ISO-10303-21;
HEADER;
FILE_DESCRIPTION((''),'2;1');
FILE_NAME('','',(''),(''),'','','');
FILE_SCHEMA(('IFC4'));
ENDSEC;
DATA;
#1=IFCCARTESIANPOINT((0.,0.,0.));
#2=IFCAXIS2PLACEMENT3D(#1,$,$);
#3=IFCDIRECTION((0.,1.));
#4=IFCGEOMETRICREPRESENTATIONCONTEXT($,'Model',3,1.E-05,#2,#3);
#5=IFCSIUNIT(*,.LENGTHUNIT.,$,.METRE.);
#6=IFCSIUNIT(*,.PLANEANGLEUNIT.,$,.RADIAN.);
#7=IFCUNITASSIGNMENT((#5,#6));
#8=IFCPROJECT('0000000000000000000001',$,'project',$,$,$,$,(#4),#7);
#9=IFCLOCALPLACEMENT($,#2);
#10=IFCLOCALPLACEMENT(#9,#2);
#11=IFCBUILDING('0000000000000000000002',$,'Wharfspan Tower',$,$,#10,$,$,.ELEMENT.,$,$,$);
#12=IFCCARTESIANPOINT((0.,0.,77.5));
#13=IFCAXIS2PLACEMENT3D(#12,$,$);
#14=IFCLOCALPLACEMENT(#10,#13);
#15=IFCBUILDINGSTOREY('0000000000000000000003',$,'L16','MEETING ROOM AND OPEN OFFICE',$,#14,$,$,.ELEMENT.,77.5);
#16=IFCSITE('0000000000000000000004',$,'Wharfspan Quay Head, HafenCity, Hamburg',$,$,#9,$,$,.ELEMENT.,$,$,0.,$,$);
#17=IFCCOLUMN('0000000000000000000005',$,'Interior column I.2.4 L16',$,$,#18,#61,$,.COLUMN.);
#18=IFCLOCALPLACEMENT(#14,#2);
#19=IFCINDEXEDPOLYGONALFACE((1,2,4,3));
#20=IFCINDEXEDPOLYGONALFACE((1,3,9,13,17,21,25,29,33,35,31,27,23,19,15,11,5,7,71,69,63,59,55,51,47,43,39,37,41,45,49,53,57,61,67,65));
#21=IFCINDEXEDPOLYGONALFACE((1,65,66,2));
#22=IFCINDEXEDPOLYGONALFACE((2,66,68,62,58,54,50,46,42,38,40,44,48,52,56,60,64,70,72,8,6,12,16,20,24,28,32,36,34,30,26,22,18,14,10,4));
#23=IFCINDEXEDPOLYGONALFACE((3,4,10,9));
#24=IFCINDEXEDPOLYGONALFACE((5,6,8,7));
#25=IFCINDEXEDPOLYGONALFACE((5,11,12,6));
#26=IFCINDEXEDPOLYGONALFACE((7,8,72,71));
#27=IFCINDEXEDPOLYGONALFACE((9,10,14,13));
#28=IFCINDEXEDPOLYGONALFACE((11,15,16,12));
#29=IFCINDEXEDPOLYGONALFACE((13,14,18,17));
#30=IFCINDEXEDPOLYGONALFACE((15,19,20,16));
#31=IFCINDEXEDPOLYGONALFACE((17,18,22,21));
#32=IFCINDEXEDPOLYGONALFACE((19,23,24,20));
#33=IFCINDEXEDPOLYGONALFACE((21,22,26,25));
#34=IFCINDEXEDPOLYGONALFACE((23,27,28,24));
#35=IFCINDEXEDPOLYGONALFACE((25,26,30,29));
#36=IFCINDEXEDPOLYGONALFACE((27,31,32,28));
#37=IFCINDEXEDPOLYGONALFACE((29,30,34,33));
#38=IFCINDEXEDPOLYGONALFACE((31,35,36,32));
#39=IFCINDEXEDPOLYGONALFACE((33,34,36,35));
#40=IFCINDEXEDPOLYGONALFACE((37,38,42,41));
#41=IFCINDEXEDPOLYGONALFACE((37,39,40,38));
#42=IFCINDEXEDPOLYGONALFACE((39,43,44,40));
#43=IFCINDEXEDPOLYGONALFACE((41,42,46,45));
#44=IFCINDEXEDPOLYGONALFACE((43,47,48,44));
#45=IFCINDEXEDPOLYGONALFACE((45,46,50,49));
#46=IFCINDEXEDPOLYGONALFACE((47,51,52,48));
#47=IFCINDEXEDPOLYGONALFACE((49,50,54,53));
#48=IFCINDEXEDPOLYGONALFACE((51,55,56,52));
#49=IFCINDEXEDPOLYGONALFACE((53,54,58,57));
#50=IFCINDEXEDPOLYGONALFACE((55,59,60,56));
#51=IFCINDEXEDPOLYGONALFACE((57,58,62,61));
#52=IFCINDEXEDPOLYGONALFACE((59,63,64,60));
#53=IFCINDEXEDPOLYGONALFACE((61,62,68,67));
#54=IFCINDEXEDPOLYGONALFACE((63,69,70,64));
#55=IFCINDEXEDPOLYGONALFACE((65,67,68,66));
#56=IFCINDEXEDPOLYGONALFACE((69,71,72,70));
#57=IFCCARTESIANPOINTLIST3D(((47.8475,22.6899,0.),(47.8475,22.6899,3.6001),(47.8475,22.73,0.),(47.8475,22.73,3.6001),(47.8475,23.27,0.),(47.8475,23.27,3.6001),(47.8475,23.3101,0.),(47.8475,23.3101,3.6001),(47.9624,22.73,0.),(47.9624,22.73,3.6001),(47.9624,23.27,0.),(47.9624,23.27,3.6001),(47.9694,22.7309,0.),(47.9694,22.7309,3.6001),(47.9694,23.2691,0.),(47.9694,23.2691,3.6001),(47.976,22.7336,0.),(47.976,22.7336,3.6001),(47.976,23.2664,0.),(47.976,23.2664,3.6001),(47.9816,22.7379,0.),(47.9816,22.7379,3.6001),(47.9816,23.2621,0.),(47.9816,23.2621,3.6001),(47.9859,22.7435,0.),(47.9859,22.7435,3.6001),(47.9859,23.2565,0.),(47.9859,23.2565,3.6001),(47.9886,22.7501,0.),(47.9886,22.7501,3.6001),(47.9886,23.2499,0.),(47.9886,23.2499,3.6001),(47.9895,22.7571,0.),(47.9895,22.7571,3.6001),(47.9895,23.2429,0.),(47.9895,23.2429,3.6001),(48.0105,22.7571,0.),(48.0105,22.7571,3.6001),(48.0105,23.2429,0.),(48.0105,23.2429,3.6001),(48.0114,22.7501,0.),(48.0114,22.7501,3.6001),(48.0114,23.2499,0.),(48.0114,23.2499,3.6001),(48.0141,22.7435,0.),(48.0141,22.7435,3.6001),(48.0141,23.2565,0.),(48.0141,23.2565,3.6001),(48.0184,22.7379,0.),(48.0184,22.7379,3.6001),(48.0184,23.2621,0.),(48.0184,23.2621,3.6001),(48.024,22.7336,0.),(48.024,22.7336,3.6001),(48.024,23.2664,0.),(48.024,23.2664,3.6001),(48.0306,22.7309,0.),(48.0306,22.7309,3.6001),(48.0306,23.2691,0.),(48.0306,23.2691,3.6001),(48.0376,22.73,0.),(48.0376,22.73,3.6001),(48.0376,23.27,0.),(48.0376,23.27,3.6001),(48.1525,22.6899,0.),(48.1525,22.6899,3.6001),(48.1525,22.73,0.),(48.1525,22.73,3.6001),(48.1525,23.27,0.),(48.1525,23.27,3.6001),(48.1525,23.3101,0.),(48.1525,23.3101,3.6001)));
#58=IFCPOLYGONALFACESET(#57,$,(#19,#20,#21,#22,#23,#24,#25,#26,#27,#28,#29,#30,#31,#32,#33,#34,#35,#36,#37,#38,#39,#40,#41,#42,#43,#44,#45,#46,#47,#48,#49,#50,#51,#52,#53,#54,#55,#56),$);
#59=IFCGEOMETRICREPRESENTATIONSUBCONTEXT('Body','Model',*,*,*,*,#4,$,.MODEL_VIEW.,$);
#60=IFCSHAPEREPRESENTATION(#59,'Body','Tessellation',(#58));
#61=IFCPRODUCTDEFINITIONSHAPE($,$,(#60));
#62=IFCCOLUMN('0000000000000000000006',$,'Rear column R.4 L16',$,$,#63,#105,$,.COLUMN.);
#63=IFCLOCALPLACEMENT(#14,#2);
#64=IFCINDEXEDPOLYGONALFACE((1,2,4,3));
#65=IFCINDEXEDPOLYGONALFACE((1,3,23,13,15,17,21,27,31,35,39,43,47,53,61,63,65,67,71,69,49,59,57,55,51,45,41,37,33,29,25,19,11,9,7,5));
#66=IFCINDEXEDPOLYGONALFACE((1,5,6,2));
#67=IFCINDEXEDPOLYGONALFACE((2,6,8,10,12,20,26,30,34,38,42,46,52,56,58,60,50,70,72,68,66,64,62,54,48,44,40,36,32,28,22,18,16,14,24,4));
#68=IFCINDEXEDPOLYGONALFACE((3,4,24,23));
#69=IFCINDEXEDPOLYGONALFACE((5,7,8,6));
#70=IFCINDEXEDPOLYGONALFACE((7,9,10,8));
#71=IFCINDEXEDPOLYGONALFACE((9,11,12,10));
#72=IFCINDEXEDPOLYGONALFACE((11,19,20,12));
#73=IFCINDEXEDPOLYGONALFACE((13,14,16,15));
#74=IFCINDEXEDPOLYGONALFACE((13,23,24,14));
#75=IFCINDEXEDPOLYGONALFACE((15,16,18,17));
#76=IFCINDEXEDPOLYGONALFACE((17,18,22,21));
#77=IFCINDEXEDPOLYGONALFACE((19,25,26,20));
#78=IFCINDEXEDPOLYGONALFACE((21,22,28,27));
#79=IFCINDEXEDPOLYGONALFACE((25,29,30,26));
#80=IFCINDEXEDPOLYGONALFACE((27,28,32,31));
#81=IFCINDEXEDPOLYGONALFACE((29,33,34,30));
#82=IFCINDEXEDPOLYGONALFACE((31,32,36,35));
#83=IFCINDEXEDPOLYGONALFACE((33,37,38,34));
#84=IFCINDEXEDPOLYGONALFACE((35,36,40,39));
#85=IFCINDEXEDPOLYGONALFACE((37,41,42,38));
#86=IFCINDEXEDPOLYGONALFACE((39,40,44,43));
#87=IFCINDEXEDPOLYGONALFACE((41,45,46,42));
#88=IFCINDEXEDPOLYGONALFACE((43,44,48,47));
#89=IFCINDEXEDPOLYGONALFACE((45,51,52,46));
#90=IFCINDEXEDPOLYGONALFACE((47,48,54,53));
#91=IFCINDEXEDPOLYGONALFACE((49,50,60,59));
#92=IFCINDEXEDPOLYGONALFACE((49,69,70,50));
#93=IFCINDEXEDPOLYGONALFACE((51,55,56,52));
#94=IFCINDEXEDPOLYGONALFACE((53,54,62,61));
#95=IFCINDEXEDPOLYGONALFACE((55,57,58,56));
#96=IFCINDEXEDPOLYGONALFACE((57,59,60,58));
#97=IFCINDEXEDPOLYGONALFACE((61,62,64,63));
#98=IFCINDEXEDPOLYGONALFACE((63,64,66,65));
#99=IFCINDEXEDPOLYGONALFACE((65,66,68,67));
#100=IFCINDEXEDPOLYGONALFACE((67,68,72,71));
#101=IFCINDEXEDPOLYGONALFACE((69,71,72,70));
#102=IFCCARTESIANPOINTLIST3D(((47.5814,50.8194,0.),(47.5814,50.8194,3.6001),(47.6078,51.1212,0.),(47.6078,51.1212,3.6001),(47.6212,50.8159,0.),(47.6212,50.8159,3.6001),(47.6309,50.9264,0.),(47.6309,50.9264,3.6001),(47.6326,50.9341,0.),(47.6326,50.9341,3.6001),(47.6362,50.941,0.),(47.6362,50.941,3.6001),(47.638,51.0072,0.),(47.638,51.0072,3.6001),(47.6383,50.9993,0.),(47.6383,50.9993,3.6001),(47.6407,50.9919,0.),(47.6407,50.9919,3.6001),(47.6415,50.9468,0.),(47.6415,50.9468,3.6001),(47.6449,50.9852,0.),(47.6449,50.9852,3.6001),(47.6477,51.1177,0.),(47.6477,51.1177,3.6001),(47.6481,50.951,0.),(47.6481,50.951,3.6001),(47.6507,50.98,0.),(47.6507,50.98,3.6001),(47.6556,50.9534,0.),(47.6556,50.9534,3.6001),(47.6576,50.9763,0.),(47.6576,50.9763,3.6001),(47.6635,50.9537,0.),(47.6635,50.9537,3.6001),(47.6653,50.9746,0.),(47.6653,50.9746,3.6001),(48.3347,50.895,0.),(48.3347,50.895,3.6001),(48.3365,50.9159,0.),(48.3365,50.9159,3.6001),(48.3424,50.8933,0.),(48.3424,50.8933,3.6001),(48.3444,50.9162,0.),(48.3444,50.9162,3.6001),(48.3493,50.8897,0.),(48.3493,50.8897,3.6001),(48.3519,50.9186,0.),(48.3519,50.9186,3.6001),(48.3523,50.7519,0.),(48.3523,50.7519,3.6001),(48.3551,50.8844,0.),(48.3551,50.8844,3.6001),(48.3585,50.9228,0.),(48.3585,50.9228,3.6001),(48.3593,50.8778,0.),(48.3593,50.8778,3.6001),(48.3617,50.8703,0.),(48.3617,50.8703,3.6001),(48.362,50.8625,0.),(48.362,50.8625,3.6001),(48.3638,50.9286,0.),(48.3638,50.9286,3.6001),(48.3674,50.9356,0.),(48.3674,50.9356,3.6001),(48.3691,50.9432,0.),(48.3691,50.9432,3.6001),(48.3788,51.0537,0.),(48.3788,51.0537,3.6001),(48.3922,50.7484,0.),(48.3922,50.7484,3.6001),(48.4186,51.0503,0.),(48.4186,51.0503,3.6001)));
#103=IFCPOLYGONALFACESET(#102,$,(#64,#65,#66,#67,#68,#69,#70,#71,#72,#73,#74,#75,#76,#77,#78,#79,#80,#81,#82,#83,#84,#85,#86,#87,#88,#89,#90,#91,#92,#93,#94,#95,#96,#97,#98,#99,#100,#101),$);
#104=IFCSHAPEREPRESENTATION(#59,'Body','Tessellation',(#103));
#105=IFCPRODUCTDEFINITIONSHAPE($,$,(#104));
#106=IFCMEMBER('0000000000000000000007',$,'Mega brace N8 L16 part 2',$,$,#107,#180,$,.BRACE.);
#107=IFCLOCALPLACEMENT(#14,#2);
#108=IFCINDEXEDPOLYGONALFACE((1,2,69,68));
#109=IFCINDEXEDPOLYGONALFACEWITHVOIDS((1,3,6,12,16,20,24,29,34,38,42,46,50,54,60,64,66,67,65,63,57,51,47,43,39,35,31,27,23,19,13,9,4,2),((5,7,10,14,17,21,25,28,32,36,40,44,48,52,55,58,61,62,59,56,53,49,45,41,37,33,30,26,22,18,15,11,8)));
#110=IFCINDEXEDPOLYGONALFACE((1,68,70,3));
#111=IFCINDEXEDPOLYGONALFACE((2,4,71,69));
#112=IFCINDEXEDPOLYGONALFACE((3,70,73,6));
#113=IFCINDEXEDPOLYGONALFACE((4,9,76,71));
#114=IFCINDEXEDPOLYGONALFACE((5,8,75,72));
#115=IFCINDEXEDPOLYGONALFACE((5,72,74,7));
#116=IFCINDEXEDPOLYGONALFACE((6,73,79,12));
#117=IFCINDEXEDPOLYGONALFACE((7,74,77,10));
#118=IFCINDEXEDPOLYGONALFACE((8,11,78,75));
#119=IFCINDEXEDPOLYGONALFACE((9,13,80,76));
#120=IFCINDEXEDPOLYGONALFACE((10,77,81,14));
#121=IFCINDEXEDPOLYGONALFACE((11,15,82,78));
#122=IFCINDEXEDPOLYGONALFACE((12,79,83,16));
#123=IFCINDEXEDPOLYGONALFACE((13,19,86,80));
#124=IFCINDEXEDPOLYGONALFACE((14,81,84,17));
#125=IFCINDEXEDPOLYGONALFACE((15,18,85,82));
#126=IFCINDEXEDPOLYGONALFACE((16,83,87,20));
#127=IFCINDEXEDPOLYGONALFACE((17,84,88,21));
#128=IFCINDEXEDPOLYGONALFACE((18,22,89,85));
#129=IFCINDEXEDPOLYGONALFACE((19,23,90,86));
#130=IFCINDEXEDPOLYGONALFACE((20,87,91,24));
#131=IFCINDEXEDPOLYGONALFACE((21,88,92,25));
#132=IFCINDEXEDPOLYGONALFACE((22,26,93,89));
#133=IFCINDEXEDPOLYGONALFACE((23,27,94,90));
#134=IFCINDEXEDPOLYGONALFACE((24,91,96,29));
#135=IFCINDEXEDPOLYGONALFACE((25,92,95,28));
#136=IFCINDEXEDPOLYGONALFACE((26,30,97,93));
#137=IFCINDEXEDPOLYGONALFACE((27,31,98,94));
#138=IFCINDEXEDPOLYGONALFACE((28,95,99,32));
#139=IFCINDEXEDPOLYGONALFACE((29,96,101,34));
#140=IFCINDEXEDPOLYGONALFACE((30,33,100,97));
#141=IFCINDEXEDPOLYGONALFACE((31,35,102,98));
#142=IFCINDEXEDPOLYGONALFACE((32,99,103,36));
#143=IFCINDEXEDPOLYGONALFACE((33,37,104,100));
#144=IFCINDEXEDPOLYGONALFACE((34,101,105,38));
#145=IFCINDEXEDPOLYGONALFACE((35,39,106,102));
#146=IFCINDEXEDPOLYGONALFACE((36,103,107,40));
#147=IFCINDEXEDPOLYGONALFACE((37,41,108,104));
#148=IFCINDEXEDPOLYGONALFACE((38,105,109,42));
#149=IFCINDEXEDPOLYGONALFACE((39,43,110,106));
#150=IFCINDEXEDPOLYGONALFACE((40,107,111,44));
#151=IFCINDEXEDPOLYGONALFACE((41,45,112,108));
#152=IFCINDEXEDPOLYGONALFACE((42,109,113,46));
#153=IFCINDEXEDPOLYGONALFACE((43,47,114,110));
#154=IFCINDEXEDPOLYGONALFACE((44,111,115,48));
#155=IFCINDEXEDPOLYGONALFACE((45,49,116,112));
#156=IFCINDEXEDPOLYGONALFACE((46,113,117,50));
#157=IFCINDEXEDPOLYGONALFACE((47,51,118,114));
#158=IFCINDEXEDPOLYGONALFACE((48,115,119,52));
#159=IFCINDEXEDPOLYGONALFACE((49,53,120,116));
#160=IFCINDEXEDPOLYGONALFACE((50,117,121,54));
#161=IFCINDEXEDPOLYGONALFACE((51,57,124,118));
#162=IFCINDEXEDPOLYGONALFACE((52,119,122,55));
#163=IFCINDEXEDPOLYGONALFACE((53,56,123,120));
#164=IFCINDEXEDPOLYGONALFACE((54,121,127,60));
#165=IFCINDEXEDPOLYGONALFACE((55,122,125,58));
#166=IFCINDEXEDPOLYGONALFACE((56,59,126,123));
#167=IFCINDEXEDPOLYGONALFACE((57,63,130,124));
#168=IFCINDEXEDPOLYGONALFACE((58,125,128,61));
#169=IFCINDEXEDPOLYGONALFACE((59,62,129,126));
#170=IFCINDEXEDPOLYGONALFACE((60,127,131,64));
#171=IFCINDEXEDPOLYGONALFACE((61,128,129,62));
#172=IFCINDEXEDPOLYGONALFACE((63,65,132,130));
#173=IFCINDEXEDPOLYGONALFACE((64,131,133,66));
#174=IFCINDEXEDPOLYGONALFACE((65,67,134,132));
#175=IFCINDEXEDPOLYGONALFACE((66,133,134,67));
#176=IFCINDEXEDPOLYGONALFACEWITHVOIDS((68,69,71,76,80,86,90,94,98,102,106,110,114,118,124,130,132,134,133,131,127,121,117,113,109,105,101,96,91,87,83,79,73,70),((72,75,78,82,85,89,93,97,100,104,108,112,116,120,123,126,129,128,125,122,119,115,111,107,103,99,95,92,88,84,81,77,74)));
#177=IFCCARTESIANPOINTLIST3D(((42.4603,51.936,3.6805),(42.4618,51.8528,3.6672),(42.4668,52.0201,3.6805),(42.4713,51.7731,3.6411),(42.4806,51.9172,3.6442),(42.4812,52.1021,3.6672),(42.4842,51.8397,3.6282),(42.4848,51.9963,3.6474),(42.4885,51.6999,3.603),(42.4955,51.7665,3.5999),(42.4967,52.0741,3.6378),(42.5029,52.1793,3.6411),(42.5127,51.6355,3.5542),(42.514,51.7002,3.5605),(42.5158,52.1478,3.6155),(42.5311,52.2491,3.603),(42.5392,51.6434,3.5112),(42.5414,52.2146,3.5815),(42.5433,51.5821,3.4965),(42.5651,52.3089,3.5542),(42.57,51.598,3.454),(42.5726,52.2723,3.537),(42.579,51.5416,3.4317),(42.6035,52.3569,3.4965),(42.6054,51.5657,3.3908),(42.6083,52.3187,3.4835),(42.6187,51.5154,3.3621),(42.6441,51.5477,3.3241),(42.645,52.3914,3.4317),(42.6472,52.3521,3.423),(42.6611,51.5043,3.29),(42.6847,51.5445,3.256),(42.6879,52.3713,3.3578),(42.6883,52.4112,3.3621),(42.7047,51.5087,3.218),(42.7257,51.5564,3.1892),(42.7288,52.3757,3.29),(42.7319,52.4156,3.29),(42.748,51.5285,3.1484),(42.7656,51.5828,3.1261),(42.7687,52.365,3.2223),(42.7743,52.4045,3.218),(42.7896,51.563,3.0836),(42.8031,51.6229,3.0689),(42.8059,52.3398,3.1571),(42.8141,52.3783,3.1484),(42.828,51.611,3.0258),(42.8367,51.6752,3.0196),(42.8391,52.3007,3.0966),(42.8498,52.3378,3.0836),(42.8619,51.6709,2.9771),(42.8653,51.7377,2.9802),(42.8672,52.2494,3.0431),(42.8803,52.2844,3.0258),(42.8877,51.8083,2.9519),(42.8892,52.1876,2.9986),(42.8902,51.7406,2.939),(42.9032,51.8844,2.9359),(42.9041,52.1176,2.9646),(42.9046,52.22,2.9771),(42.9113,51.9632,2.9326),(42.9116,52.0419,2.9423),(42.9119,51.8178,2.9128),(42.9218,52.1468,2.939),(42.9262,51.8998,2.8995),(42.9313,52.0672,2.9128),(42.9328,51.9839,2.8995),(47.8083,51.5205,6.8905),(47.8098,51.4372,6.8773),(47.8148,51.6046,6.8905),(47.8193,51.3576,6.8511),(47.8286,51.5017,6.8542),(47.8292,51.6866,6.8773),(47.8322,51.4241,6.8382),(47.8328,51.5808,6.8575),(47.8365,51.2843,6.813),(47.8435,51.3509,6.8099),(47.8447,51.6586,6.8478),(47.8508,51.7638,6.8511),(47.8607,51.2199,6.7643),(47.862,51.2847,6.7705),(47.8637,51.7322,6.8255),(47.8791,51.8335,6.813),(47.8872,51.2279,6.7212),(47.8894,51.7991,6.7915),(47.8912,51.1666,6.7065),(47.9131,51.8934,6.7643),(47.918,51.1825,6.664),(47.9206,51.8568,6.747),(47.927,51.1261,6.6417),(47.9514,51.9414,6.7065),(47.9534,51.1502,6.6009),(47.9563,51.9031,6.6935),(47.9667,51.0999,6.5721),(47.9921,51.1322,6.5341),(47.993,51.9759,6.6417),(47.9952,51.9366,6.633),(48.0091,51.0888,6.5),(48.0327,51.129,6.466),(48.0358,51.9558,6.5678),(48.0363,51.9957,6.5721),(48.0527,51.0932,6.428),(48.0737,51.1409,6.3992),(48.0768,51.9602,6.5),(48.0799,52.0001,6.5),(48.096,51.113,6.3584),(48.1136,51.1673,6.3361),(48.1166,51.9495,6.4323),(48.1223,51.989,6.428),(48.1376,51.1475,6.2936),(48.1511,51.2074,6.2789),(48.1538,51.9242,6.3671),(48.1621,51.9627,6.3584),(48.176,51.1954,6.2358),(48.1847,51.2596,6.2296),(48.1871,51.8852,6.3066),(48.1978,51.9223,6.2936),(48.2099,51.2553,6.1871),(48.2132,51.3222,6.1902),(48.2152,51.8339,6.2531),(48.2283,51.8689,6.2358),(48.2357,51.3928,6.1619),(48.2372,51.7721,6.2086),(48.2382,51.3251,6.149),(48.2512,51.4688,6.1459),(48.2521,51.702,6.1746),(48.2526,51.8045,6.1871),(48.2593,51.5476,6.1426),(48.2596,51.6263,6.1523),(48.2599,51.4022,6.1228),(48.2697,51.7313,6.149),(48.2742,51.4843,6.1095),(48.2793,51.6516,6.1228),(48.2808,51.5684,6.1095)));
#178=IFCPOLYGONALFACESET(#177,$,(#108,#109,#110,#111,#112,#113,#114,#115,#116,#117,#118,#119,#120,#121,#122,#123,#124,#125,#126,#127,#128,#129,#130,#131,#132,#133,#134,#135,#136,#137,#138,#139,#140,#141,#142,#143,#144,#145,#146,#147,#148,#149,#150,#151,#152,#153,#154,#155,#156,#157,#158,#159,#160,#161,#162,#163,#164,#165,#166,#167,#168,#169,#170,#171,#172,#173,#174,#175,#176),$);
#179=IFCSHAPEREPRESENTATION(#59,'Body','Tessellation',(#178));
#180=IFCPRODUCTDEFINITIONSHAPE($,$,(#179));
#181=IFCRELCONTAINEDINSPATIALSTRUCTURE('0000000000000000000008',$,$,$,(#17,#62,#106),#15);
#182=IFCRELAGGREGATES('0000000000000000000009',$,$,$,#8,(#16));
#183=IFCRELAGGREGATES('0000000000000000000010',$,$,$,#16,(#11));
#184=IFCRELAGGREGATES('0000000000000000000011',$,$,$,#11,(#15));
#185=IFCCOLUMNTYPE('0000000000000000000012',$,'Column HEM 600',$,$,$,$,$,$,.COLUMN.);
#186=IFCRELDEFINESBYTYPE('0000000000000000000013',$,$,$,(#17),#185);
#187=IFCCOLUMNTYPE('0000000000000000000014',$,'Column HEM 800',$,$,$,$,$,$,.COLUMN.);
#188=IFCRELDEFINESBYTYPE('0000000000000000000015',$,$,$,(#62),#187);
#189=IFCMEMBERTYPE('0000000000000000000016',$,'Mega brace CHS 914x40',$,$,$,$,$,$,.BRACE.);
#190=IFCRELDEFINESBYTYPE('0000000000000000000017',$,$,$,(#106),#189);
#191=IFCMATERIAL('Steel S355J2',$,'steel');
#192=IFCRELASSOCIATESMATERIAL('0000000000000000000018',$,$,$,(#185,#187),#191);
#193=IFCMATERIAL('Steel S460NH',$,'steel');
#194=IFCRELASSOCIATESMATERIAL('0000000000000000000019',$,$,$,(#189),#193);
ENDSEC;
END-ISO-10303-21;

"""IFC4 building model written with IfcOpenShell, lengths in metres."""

from ifc_helpers import new_model, si_unit, direction, frame, origin, origin_2d, place, context, subcontext, project, spatial, hollow_circle, i_section, extrude, material, material_profile, profile_set, type_object, element, save


model = new_model("IFC4")

# Units and contexts
model_context = context("Model", 3, precision=1e-05, world=origin(), true_north=direction((0.0, 1.0)))
body_context = subcontext(model_context, "Body", "Model", "MODEL_VIEW")
ifc_project = project(units=[si_unit("LENGTHUNIT", "METRE"), si_unit("PLANEANGLEUNIT", "RADIAN")], contexts=[model_context])

# Site, building, storey
site_placement = place(None, origin())
site = spatial("IfcSite", under=ifc_project, at=site_placement, Name="Wharfspan Quay Head, HafenCity, Hamburg", CompositionType="ELEMENT", RefElevation=0.0)
building_placement = place(site_placement, origin())
building = spatial("IfcBuilding", under=site, at=building_placement, Name="Wharfspan Tower", CompositionType="ELEMENT")
storey_placement = place(building_placement, frame((0.0, 0.0, 77.5)))
storey = spatial("IfcBuildingStorey", under=building, at=storey_placement, Name="L16", Description="MEETING ROOM AND OPEN OFFICE", CompositionType="ELEMENT", Elevation=77.5)

# Columns
ifc_material_1 = material(Name="Steel S355J2", Category="steel")
ifc_material_profile_1 = material_profile(ifc_material_1, i_section(OverallWidth=0.3049, OverallDepth=0.6201, WebThickness=0.021, FlangeThickness=0.04, FilletRadius=0.0271, at=origin_2d()))
ifc_profile_set_1 = profile_set([ifc_material_profile_1], Name="Steel S355J2")
column_type_1 = type_object("IfcColumnType", Name="Column HEM 600", PredefinedType="COLUMN", material=ifc_profile_set_1)
column_1_placement = place(storey_placement, frame((48.0, 23.0, 0.0), z_axis=(0.0, 0.0, 1.0), x_axis=(1.0, 0.0, 0.0)))
element("IfcColumn", 1, at=column_1_placement, inside=storey, type_object=column_type_1, Name="Interior column I.2.4 L16", PredefinedType="COLUMN", context=body_context, shape_type="SweptSolid", body=[
    extrude(i_section(OverallWidth=0.3049, OverallDepth=0.6201, WebThickness=0.021, FlangeThickness=0.04, FilletRadius=0.0271, at=origin_2d()), origin(), (0.0, 0.0, 1.0), 3.6001),
])
ifc_material_profile_2 = material_profile(ifc_material_1, i_section(OverallWidth=0.303, OverallDepth=0.814, WebThickness=0.021, FlangeThickness=0.04, FilletRadius=0.03, at=origin_2d()))
ifc_profile_set_2 = profile_set([ifc_material_profile_2], Name="Steel S355J2")
column_type_2 = type_object("IfcColumnType", Name="Column HEM 800", PredefinedType="COLUMN", material=ifc_profile_set_2)
column_2_placement = place(storey_placement, frame((48.0, 50.9348, 0.0), z_axis=(0.0, 0.0, 1.0), x_axis=(0.087156, 0.996197, 0.0)))
element("IfcColumn", 2, at=column_2_placement, inside=storey, type_object=column_type_2, Name="Rear column R.4 L16", PredefinedType="COLUMN", context=body_context, shape_type="SweptSolid", body=[
    extrude(i_section(OverallWidth=0.303, OverallDepth=0.814, WebThickness=0.021, FlangeThickness=0.04, FilletRadius=0.03, at=origin_2d()), origin(), (0.0, 0.0, 1.0), 3.6001),
])

# Member
ifc_material_2 = material(Name="Steel S460NH", Category="steel")
ifc_material_profile_3 = material_profile(ifc_material_2, hollow_circle(Radius=0.457, WallThickness=0.04, at=origin_2d()))
ifc_profile_set_3 = profile_set([ifc_material_profile_3], Name="Steel S460NH")
member_type = type_object("IfcMemberType", Name="Mega brace CHS 914x40", PredefinedType="BRACE", material=ifc_profile_set_3)
for number, where, z_axis, x_axis, name in (
    (3, (42.6965, 51.96, 3.29), (0.85551, -0.066472, 0.513501), (0.077467, 0.996995, -0.000003), "Mega brace N8 L16 part 2"),
):
    element("IfcMember", number, at=place(storey_placement, frame(where, z_axis=z_axis, x_axis=x_axis)), inside=storey, type_object=member_type, Name=name, PredefinedType="BRACE", context=body_context, shape_type="SweptSolid", body=[
        extrude(hollow_circle(Radius=0.457, WallThickness=0.04, at=origin_2d()), origin(), (0.0, 0.0, 1.0), 6.2512),
    ])

save(model, "model.ifc")
